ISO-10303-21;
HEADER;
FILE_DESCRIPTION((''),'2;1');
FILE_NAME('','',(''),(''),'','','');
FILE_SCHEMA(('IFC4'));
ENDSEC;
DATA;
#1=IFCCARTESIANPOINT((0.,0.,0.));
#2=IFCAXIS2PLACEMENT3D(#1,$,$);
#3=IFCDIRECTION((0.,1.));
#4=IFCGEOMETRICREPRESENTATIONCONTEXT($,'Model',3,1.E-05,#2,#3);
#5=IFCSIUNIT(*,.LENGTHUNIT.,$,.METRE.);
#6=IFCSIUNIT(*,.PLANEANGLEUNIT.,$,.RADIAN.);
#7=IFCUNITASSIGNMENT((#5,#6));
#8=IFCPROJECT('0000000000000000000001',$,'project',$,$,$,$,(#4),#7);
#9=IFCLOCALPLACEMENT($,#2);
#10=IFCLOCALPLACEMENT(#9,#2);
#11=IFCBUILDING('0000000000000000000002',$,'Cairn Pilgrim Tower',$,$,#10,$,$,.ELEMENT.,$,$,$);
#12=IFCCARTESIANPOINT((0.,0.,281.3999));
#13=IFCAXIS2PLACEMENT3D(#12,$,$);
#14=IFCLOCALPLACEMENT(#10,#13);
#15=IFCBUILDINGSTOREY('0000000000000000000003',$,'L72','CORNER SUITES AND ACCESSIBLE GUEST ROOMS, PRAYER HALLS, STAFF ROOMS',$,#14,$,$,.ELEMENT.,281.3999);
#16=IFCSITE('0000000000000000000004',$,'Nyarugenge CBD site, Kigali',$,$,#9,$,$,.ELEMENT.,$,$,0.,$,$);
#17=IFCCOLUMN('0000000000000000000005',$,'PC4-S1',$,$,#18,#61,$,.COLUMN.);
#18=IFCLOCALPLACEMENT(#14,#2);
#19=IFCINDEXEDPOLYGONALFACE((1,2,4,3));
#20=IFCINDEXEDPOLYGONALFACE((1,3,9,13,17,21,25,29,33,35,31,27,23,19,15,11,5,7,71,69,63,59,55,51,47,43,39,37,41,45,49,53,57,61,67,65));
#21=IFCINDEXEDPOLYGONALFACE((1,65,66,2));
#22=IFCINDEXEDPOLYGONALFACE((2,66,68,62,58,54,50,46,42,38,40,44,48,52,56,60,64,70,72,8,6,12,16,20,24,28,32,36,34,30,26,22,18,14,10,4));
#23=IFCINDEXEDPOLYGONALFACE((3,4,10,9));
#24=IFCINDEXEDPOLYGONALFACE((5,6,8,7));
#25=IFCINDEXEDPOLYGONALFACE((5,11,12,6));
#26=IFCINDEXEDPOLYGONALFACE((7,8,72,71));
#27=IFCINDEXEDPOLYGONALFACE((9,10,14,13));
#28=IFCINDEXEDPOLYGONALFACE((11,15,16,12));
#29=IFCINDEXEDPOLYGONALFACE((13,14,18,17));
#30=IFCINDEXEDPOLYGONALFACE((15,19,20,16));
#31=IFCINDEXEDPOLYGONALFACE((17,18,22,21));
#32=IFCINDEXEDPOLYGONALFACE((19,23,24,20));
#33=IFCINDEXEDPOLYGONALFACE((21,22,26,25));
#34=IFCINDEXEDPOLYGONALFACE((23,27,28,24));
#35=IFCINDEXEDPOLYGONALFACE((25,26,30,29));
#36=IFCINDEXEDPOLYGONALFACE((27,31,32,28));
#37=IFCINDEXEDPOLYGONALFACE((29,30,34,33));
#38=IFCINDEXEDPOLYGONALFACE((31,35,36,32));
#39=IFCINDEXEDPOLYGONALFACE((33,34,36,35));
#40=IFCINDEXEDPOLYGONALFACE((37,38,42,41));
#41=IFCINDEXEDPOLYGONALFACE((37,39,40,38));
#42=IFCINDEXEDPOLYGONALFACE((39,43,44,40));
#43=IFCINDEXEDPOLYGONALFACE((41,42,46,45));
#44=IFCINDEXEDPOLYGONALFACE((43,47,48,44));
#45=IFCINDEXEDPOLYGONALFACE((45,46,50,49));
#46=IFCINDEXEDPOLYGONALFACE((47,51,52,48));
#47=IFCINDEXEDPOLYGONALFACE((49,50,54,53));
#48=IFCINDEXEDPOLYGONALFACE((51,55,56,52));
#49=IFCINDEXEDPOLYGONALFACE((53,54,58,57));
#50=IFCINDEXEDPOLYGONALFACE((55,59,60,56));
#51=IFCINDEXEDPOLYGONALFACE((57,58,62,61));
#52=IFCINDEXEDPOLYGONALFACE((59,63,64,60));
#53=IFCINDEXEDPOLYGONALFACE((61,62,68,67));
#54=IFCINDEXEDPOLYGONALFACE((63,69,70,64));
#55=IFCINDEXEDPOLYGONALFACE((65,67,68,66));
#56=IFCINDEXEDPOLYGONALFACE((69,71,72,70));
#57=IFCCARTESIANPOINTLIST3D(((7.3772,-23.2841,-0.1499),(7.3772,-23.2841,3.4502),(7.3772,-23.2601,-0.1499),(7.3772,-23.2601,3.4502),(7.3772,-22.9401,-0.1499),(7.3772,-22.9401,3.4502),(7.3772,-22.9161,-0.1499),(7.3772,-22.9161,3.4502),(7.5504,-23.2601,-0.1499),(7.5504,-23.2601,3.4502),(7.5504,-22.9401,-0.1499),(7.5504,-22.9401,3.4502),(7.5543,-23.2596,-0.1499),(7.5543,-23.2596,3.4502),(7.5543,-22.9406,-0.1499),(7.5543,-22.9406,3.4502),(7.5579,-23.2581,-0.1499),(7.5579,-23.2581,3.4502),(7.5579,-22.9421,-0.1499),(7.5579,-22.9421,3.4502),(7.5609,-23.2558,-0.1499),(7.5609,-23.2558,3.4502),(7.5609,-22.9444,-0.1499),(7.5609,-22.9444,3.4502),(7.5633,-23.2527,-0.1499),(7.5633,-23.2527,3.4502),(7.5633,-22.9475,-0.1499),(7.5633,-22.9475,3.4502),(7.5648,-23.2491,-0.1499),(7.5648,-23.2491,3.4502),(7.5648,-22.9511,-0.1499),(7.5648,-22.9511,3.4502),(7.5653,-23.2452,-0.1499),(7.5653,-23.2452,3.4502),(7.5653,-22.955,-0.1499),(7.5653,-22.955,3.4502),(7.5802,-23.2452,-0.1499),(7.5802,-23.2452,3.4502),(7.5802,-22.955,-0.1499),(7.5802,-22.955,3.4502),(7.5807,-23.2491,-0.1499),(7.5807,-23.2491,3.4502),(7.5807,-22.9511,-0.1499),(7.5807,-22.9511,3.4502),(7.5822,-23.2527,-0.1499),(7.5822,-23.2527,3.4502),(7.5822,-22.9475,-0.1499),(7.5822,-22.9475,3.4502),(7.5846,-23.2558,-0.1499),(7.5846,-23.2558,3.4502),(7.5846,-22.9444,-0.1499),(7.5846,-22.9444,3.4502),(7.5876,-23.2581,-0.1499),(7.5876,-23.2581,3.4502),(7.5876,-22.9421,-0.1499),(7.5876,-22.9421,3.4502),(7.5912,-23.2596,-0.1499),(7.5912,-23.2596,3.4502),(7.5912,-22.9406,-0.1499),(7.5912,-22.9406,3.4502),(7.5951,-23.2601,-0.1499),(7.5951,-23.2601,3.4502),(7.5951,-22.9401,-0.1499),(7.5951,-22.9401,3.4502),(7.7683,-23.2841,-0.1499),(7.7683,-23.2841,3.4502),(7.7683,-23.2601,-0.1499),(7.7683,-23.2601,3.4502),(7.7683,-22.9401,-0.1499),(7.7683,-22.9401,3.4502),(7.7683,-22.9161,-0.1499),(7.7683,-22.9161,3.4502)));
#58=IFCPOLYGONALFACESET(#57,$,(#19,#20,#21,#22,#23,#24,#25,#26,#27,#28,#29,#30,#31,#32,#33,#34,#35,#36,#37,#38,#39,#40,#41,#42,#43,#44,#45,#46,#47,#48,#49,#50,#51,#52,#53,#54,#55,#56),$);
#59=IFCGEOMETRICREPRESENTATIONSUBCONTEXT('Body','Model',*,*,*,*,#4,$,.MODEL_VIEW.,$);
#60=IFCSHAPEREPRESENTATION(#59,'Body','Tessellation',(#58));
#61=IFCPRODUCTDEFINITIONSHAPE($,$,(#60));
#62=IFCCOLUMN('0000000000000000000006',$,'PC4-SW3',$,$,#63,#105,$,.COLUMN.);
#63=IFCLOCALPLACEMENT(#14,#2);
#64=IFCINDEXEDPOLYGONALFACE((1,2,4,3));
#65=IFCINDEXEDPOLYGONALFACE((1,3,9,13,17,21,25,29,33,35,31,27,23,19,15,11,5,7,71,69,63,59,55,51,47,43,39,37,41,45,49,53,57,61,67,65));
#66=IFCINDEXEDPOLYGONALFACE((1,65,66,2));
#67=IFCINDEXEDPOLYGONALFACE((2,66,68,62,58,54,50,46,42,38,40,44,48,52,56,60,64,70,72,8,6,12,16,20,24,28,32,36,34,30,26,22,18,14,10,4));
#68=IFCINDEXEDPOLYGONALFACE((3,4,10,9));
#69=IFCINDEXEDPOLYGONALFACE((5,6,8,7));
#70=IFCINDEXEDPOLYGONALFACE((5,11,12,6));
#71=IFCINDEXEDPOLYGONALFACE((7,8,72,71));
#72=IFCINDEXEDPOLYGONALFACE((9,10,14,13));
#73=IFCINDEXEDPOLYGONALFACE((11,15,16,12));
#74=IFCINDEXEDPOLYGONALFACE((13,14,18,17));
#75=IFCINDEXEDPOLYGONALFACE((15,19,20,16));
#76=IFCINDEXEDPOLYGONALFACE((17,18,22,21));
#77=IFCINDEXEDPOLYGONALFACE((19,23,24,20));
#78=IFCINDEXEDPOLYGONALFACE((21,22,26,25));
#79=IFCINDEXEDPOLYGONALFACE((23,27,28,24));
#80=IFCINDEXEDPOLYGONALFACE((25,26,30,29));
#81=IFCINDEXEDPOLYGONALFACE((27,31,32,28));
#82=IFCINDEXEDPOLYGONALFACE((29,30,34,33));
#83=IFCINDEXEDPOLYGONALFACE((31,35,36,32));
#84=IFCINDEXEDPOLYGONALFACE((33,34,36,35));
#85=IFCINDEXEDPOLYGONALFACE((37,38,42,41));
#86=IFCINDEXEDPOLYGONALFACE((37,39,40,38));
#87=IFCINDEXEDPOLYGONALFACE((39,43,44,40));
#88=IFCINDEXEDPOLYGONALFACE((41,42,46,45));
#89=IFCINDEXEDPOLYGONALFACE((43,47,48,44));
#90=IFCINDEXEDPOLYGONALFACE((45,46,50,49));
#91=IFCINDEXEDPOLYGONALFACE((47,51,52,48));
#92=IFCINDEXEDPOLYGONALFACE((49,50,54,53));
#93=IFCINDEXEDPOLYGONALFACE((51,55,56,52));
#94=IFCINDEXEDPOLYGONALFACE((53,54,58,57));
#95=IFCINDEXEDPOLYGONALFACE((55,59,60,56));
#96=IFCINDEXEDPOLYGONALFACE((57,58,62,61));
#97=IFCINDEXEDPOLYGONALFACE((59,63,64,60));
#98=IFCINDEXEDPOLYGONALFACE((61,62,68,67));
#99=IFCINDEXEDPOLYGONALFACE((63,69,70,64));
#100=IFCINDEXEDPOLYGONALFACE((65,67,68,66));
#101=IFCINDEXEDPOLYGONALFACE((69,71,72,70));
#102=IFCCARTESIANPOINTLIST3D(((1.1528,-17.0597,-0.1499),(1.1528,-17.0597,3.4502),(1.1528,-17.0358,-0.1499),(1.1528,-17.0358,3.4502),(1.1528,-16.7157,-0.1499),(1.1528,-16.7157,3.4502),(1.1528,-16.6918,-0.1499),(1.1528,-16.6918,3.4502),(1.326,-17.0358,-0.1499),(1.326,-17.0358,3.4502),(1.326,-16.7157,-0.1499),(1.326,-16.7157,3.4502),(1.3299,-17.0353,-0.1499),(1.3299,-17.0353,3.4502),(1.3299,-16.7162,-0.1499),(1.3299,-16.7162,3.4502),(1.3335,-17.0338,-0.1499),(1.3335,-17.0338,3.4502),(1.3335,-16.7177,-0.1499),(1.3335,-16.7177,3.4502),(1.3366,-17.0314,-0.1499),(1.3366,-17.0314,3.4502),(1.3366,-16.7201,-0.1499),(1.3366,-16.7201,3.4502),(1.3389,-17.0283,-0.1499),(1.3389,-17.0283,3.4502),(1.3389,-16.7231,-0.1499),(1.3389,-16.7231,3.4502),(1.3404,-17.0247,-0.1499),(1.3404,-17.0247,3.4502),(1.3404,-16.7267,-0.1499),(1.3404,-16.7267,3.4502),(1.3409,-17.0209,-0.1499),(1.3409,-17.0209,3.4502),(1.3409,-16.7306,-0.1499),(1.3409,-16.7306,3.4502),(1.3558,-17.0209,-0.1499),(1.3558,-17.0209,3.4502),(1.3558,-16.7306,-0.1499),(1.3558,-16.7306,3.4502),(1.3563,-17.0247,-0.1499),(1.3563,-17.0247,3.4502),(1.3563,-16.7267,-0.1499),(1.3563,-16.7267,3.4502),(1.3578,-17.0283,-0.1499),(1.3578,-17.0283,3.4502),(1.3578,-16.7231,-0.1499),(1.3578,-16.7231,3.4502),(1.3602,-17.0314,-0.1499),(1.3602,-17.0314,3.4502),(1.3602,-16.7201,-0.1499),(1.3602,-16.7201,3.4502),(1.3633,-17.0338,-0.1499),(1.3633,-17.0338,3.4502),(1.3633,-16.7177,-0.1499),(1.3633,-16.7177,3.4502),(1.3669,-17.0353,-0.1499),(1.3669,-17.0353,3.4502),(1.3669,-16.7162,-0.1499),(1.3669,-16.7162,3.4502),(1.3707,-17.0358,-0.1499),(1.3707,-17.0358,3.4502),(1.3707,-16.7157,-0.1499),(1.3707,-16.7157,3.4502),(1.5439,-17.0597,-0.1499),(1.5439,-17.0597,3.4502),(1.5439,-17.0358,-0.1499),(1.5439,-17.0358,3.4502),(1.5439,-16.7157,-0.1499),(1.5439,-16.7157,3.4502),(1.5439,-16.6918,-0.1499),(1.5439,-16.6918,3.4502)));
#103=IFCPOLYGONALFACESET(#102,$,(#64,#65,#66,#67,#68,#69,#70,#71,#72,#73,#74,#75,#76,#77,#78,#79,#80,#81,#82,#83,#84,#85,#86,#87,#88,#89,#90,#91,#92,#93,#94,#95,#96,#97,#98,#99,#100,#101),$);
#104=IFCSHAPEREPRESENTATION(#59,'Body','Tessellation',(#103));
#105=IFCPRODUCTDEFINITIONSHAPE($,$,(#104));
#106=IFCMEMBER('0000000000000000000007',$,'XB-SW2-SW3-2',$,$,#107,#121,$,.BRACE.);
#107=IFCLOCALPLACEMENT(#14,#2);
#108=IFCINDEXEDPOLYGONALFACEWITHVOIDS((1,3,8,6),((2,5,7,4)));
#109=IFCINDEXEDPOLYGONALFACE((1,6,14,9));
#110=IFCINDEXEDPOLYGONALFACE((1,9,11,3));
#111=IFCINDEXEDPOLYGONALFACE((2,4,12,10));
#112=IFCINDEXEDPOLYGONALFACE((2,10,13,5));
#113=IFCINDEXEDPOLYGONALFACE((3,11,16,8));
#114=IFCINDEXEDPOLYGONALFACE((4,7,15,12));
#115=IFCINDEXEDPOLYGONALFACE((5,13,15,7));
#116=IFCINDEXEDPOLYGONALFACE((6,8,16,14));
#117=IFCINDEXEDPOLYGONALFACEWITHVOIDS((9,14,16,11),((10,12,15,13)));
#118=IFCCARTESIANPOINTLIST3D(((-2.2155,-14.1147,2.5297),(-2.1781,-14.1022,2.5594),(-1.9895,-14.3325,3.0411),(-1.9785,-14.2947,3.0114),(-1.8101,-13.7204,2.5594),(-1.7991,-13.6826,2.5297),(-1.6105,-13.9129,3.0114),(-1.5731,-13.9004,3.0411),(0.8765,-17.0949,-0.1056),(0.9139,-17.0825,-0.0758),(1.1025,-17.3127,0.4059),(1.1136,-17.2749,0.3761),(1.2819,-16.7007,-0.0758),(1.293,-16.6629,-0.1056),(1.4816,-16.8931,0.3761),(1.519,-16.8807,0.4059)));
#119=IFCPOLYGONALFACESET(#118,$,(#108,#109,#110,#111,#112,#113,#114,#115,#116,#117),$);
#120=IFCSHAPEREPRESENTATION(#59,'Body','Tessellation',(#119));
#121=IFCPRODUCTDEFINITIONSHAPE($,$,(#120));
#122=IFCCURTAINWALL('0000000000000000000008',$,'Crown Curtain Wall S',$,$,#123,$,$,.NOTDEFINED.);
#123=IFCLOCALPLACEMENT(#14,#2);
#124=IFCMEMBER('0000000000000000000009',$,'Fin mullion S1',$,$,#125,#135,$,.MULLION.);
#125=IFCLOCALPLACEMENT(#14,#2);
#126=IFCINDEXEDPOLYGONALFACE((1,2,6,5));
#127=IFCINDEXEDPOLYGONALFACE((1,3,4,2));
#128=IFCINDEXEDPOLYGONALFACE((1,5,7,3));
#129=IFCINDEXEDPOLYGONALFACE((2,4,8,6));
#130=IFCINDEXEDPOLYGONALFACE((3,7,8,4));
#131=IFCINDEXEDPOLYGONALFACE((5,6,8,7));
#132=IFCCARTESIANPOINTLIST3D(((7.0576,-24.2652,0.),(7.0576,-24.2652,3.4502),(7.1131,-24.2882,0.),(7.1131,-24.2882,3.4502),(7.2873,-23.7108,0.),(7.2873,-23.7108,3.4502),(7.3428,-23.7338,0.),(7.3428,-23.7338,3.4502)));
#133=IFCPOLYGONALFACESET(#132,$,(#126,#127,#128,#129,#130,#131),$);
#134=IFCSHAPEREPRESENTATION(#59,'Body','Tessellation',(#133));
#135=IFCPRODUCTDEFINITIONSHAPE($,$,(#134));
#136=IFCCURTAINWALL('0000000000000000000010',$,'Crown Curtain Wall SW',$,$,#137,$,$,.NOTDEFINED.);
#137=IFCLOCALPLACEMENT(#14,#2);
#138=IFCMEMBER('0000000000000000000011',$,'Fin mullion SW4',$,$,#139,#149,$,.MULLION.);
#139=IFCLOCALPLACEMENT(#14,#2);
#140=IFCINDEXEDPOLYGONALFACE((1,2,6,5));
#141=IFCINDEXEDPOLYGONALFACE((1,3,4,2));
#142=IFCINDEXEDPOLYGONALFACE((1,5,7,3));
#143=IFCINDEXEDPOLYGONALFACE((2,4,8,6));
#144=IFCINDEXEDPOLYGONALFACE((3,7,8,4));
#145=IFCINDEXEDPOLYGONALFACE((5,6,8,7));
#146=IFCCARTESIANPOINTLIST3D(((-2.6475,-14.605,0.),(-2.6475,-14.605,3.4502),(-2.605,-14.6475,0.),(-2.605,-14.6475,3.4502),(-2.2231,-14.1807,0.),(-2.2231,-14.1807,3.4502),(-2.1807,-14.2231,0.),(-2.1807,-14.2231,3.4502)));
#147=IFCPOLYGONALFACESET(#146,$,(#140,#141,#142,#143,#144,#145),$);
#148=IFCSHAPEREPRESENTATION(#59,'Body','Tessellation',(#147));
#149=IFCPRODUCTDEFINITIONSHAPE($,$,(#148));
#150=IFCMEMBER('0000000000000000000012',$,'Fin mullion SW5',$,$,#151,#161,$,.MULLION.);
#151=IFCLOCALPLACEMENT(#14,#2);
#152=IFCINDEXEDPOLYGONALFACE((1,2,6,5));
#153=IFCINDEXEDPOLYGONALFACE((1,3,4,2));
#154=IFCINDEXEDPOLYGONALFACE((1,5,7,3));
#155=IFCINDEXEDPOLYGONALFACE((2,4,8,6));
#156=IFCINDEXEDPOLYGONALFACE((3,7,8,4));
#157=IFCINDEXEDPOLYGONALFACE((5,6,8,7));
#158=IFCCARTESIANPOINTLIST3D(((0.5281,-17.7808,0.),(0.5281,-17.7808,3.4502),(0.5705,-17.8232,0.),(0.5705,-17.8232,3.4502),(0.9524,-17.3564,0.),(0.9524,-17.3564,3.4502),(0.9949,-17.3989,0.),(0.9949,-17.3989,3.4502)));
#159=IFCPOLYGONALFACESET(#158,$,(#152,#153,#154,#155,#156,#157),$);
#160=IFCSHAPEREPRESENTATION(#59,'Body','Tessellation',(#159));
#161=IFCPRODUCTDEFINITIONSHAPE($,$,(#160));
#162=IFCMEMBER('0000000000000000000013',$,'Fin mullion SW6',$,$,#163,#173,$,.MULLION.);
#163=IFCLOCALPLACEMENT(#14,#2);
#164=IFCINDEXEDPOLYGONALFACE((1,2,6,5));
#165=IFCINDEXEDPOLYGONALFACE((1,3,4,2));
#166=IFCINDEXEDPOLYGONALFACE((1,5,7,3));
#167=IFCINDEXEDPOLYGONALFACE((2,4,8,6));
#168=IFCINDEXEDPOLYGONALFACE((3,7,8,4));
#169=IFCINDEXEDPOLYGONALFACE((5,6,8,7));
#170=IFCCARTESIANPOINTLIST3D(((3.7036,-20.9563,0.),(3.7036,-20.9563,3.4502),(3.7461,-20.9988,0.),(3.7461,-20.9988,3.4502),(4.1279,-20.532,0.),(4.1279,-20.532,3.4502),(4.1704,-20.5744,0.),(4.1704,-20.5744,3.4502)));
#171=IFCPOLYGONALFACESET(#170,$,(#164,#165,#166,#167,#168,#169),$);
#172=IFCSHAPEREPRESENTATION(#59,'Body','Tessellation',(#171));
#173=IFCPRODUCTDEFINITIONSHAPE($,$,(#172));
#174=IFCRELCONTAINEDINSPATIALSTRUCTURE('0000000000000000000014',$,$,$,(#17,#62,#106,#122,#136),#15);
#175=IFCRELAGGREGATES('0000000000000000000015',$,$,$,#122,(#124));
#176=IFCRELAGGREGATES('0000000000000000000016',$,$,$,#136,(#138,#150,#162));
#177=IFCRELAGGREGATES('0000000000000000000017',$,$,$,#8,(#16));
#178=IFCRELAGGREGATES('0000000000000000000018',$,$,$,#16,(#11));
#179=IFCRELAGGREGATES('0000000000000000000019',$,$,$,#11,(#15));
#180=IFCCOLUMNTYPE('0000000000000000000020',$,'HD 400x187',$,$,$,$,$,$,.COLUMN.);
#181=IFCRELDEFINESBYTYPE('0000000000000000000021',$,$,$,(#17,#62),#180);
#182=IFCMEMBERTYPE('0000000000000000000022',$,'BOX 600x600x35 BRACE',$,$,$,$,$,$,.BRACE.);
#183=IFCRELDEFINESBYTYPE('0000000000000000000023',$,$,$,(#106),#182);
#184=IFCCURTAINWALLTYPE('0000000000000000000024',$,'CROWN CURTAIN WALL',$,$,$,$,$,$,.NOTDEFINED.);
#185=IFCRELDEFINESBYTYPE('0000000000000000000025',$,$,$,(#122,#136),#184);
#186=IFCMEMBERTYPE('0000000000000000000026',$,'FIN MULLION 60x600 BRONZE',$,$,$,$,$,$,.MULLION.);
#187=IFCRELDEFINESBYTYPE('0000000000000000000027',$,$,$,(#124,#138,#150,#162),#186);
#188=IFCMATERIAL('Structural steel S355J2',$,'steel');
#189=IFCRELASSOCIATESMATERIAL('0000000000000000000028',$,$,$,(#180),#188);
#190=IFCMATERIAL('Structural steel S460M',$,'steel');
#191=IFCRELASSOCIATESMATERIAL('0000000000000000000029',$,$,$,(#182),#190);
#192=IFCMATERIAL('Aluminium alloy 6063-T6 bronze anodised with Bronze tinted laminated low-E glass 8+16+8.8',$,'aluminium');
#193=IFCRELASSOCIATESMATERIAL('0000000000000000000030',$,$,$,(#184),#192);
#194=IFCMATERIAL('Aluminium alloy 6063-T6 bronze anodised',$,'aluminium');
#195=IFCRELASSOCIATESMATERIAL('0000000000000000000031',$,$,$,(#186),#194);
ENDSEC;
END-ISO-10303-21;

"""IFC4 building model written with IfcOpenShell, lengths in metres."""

from ifc_helpers import new_model, si_unit, direction, frame, origin, origin_2d, place, context, subcontext, project, spatial, rectangle, hollow_rectangle, i_section, extrude, material, material_profile, profile_set, type_object, element, aggregate, save


model = new_model("IFC4")

# Units and contexts
model_context = context("Model", 3, precision=1e-05, world=origin(), true_north=direction((0.0, 1.0)))
body_context = subcontext(model_context, "Body", "Model", "MODEL_VIEW")
ifc_project = project(units=[si_unit("LENGTHUNIT", "METRE"), si_unit("PLANEANGLEUNIT", "RADIAN")], contexts=[model_context])

# Site, building, storey
site_placement = place(None, origin())
site = spatial("IfcSite", under=ifc_project, at=site_placement, Name="Nyarugenge CBD site, Kigali", CompositionType="ELEMENT", RefElevation=0.0)
building_placement = place(site_placement, origin())
building = spatial("IfcBuilding", under=site, at=building_placement, Name="Cairn Pilgrim Tower", CompositionType="ELEMENT")
storey_placement = place(building_placement, frame((0.0, 0.0, 281.3999)))
storey = spatial("IfcBuildingStorey", under=building, at=storey_placement, Name="L72", Description="CORNER SUITES AND ACCESSIBLE GUEST ROOMS, PRAYER HALLS, STAFF ROOMS", CompositionType="ELEMENT", Elevation=281.3999)

# Columns
ifc_material_1 = material(Name="Structural steel S355J2", Category="steel")
ifc_material_profile_1 = material_profile(ifc_material_1, i_section(OverallWidth=0.3911, OverallDepth=0.3679, WebThickness=0.0149, FlangeThickness=0.0239, FilletRadius=0.0149, at=origin_2d()), Name="HD 400x187")
ifc_profile_set_1 = profile_set([ifc_material_profile_1], Name="Structural steel S355J2")
column_type = type_object("IfcColumnType", Name="HD 400x187", PredefinedType="COLUMN", material=ifc_profile_set_1)
for number, where, z_axis, x_axis, name in (
    (1, (7.5728, -23.1001, -0.1499), (0.0, 0.0, 1.0), (1.0, 0.0, 0.0), "PC4-S1"),
    (2, (1.3484, -16.8757, -0.1499), (0.0, 0.0, 1.0), (1.0, 0.0, 0.0), "PC4-SW3"),
):
    element("IfcColumn", number, at=place(storey_placement, frame(where, z_axis=z_axis, x_axis=x_axis)), inside=storey, type_object=column_type, Name=name, PredefinedType="COLUMN", context=body_context, shape_type="SweptSolid", body=[
        extrude(i_section(OverallWidth=0.3911, OverallDepth=0.3679, WebThickness=0.0149, FlangeThickness=0.0239, FilletRadius=0.0149, at=origin_2d()), origin(), (0.0, 0.0, 1.0), 3.6001),
    ])

# Member
ifc_material_2 = material(Name="Structural steel S460M", Category="steel")
ifc_material_profile_2 = material_profile(ifc_material_2, hollow_rectangle(XDim=0.6001, YDim=0.6001, WallThickness=0.0349, at=origin_2d()), Name="BOX 600x600x35")
ifc_profile_set_2 = profile_set([ifc_material_profile_2], Name="Structural steel S460M")
member_type_1 = type_object("IfcMemberType", Name="BOX 600x600x35 BRACE", PredefinedType="BRACE", material=ifc_profile_set_2)
member_1_placement = place(storey_placement, frame((1.1978, -16.9878, 0.1501), z_axis=(-0.613676, 0.591484, 0.523018), x_axis=(-0.693968, -0.720006, 0.0)))
element("IfcMember", 3, at=member_1_placement, inside=storey, type_object=member_type_1, Name="XB-SW2-SW3-2", PredefinedType="BRACE", context=body_context, shape_type="SweptSolid", body=[
    extrude(hollow_rectangle(XDim=0.6001, YDim=0.6001, WallThickness=0.0349, at=origin_2d()), origin(), (0.0, 0.0, 1.0), 5.0386),
])

# Curtain wall, member
ifc_material_3 = material(Name="Aluminium alloy 6063-T6 bronze anodised with Bronze tinted laminated low-E glass 8+16+8.8", Category="aluminium")
curtain_wall_type = type_object("IfcCurtainWallType", Name="CROWN CURTAIN WALL", PredefinedType="NOTDEFINED", material=ifc_material_3)
curtain_wall_1_placement = place(storey_placement, origin())
curtain_wall_1 = element("IfcCurtainWall", 4, at=curtain_wall_1_placement, inside=storey, type_object=curtain_wall_type, Name="Crown Curtain Wall S", PredefinedType="NOTDEFINED")
ifc_material_4 = material(Name="Aluminium alloy 6063-T6 bronze anodised", Category="aluminium")
ifc_material_profile_3 = material_profile(ifc_material_4, rectangle(XDim=0.6001, YDim=0.0601, at=origin_2d()), Name="FIN MULLION 60x600 BRONZE")
ifc_profile_set_3 = profile_set([ifc_material_profile_3], Name="Aluminium alloy 6063-T6 bronze anodised")
member_type_2 = type_object("IfcMemberType", Name="FIN MULLION 60x600 BRONZE", PredefinedType="MULLION", material=ifc_profile_set_3)
member_2_placement = place(storey_placement, frame((7.2002, -23.9995, 0.0), z_axis=(0.0, 0.0, 1.0), x_axis=(-0.382683, -0.92388, 0.0)))
member_2 = element("IfcMember", 5, at=member_2_placement, type_object=member_type_2, Name="Fin mullion S1", PredefinedType="MULLION", context=body_context, shape_type="SweptSolid", body=[
    extrude(rectangle(XDim=0.6001, YDim=0.0601, at=origin_2d()), origin(), (0.0, 0.0, 1.0), 3.4502),
])
aggregate(curtain_wall_1, [member_2])

# Curtain wall, members
curtain_wall_2_placement = place(storey_placement, origin())
curtain_wall_2 = element("IfcCurtainWall", 6, at=curtain_wall_2_placement, inside=storey, type_object=curtain_wall_type, Name="Crown Curtain Wall SW", PredefinedType="NOTDEFINED")
member_3_placement = place(storey_placement, frame((-2.4141, -14.4141, 0.0), z_axis=(0.0, 0.0, 1.0), x_axis=(-0.707107, -0.707107, 0.0)))
member_3 = element("IfcMember", 7, at=member_3_placement, type_object=member_type_2, Name="Fin mullion SW4", PredefinedType="MULLION", context=body_context, shape_type="SweptSolid", body=[
    extrude(rectangle(XDim=0.6001, YDim=0.0601, at=origin_2d()), origin(), (0.0, 0.0, 1.0), 3.4502),
])
member_4_placement = place(storey_placement, frame((0.7615, -17.5898, 0.0), z_axis=(0.0, 0.0, 1.0), x_axis=(-0.707107, -0.707107, 0.0)))
member_4 = element("IfcMember", 8, at=member_4_placement, type_object=member_type_2, Name="Fin mullion SW5", PredefinedType="MULLION", context=body_context, shape_type="SweptSolid", body=[
    extrude(rectangle(XDim=0.6001, YDim=0.0601, at=origin_2d()), origin(), (0.0, 0.0, 1.0), 3.4502),
])
member_5_placement = place(storey_placement, frame((3.937, -20.7654, 0.0), z_axis=(0.0, 0.0, 1.0), x_axis=(-0.707107, -0.707107, 0.0)))
member_5 = element("IfcMember", 9, at=member_5_placement, type_object=member_type_2, Name="Fin mullion SW6", PredefinedType="MULLION", context=body_context, shape_type="SweptSolid", body=[
    extrude(rectangle(XDim=0.6001, YDim=0.0601, at=origin_2d()), origin(), (0.0, 0.0, 1.0), 3.4502),
])

aggregate(curtain_wall_2, [member_3, member_4, member_5])

save(model, "model.ifc")
